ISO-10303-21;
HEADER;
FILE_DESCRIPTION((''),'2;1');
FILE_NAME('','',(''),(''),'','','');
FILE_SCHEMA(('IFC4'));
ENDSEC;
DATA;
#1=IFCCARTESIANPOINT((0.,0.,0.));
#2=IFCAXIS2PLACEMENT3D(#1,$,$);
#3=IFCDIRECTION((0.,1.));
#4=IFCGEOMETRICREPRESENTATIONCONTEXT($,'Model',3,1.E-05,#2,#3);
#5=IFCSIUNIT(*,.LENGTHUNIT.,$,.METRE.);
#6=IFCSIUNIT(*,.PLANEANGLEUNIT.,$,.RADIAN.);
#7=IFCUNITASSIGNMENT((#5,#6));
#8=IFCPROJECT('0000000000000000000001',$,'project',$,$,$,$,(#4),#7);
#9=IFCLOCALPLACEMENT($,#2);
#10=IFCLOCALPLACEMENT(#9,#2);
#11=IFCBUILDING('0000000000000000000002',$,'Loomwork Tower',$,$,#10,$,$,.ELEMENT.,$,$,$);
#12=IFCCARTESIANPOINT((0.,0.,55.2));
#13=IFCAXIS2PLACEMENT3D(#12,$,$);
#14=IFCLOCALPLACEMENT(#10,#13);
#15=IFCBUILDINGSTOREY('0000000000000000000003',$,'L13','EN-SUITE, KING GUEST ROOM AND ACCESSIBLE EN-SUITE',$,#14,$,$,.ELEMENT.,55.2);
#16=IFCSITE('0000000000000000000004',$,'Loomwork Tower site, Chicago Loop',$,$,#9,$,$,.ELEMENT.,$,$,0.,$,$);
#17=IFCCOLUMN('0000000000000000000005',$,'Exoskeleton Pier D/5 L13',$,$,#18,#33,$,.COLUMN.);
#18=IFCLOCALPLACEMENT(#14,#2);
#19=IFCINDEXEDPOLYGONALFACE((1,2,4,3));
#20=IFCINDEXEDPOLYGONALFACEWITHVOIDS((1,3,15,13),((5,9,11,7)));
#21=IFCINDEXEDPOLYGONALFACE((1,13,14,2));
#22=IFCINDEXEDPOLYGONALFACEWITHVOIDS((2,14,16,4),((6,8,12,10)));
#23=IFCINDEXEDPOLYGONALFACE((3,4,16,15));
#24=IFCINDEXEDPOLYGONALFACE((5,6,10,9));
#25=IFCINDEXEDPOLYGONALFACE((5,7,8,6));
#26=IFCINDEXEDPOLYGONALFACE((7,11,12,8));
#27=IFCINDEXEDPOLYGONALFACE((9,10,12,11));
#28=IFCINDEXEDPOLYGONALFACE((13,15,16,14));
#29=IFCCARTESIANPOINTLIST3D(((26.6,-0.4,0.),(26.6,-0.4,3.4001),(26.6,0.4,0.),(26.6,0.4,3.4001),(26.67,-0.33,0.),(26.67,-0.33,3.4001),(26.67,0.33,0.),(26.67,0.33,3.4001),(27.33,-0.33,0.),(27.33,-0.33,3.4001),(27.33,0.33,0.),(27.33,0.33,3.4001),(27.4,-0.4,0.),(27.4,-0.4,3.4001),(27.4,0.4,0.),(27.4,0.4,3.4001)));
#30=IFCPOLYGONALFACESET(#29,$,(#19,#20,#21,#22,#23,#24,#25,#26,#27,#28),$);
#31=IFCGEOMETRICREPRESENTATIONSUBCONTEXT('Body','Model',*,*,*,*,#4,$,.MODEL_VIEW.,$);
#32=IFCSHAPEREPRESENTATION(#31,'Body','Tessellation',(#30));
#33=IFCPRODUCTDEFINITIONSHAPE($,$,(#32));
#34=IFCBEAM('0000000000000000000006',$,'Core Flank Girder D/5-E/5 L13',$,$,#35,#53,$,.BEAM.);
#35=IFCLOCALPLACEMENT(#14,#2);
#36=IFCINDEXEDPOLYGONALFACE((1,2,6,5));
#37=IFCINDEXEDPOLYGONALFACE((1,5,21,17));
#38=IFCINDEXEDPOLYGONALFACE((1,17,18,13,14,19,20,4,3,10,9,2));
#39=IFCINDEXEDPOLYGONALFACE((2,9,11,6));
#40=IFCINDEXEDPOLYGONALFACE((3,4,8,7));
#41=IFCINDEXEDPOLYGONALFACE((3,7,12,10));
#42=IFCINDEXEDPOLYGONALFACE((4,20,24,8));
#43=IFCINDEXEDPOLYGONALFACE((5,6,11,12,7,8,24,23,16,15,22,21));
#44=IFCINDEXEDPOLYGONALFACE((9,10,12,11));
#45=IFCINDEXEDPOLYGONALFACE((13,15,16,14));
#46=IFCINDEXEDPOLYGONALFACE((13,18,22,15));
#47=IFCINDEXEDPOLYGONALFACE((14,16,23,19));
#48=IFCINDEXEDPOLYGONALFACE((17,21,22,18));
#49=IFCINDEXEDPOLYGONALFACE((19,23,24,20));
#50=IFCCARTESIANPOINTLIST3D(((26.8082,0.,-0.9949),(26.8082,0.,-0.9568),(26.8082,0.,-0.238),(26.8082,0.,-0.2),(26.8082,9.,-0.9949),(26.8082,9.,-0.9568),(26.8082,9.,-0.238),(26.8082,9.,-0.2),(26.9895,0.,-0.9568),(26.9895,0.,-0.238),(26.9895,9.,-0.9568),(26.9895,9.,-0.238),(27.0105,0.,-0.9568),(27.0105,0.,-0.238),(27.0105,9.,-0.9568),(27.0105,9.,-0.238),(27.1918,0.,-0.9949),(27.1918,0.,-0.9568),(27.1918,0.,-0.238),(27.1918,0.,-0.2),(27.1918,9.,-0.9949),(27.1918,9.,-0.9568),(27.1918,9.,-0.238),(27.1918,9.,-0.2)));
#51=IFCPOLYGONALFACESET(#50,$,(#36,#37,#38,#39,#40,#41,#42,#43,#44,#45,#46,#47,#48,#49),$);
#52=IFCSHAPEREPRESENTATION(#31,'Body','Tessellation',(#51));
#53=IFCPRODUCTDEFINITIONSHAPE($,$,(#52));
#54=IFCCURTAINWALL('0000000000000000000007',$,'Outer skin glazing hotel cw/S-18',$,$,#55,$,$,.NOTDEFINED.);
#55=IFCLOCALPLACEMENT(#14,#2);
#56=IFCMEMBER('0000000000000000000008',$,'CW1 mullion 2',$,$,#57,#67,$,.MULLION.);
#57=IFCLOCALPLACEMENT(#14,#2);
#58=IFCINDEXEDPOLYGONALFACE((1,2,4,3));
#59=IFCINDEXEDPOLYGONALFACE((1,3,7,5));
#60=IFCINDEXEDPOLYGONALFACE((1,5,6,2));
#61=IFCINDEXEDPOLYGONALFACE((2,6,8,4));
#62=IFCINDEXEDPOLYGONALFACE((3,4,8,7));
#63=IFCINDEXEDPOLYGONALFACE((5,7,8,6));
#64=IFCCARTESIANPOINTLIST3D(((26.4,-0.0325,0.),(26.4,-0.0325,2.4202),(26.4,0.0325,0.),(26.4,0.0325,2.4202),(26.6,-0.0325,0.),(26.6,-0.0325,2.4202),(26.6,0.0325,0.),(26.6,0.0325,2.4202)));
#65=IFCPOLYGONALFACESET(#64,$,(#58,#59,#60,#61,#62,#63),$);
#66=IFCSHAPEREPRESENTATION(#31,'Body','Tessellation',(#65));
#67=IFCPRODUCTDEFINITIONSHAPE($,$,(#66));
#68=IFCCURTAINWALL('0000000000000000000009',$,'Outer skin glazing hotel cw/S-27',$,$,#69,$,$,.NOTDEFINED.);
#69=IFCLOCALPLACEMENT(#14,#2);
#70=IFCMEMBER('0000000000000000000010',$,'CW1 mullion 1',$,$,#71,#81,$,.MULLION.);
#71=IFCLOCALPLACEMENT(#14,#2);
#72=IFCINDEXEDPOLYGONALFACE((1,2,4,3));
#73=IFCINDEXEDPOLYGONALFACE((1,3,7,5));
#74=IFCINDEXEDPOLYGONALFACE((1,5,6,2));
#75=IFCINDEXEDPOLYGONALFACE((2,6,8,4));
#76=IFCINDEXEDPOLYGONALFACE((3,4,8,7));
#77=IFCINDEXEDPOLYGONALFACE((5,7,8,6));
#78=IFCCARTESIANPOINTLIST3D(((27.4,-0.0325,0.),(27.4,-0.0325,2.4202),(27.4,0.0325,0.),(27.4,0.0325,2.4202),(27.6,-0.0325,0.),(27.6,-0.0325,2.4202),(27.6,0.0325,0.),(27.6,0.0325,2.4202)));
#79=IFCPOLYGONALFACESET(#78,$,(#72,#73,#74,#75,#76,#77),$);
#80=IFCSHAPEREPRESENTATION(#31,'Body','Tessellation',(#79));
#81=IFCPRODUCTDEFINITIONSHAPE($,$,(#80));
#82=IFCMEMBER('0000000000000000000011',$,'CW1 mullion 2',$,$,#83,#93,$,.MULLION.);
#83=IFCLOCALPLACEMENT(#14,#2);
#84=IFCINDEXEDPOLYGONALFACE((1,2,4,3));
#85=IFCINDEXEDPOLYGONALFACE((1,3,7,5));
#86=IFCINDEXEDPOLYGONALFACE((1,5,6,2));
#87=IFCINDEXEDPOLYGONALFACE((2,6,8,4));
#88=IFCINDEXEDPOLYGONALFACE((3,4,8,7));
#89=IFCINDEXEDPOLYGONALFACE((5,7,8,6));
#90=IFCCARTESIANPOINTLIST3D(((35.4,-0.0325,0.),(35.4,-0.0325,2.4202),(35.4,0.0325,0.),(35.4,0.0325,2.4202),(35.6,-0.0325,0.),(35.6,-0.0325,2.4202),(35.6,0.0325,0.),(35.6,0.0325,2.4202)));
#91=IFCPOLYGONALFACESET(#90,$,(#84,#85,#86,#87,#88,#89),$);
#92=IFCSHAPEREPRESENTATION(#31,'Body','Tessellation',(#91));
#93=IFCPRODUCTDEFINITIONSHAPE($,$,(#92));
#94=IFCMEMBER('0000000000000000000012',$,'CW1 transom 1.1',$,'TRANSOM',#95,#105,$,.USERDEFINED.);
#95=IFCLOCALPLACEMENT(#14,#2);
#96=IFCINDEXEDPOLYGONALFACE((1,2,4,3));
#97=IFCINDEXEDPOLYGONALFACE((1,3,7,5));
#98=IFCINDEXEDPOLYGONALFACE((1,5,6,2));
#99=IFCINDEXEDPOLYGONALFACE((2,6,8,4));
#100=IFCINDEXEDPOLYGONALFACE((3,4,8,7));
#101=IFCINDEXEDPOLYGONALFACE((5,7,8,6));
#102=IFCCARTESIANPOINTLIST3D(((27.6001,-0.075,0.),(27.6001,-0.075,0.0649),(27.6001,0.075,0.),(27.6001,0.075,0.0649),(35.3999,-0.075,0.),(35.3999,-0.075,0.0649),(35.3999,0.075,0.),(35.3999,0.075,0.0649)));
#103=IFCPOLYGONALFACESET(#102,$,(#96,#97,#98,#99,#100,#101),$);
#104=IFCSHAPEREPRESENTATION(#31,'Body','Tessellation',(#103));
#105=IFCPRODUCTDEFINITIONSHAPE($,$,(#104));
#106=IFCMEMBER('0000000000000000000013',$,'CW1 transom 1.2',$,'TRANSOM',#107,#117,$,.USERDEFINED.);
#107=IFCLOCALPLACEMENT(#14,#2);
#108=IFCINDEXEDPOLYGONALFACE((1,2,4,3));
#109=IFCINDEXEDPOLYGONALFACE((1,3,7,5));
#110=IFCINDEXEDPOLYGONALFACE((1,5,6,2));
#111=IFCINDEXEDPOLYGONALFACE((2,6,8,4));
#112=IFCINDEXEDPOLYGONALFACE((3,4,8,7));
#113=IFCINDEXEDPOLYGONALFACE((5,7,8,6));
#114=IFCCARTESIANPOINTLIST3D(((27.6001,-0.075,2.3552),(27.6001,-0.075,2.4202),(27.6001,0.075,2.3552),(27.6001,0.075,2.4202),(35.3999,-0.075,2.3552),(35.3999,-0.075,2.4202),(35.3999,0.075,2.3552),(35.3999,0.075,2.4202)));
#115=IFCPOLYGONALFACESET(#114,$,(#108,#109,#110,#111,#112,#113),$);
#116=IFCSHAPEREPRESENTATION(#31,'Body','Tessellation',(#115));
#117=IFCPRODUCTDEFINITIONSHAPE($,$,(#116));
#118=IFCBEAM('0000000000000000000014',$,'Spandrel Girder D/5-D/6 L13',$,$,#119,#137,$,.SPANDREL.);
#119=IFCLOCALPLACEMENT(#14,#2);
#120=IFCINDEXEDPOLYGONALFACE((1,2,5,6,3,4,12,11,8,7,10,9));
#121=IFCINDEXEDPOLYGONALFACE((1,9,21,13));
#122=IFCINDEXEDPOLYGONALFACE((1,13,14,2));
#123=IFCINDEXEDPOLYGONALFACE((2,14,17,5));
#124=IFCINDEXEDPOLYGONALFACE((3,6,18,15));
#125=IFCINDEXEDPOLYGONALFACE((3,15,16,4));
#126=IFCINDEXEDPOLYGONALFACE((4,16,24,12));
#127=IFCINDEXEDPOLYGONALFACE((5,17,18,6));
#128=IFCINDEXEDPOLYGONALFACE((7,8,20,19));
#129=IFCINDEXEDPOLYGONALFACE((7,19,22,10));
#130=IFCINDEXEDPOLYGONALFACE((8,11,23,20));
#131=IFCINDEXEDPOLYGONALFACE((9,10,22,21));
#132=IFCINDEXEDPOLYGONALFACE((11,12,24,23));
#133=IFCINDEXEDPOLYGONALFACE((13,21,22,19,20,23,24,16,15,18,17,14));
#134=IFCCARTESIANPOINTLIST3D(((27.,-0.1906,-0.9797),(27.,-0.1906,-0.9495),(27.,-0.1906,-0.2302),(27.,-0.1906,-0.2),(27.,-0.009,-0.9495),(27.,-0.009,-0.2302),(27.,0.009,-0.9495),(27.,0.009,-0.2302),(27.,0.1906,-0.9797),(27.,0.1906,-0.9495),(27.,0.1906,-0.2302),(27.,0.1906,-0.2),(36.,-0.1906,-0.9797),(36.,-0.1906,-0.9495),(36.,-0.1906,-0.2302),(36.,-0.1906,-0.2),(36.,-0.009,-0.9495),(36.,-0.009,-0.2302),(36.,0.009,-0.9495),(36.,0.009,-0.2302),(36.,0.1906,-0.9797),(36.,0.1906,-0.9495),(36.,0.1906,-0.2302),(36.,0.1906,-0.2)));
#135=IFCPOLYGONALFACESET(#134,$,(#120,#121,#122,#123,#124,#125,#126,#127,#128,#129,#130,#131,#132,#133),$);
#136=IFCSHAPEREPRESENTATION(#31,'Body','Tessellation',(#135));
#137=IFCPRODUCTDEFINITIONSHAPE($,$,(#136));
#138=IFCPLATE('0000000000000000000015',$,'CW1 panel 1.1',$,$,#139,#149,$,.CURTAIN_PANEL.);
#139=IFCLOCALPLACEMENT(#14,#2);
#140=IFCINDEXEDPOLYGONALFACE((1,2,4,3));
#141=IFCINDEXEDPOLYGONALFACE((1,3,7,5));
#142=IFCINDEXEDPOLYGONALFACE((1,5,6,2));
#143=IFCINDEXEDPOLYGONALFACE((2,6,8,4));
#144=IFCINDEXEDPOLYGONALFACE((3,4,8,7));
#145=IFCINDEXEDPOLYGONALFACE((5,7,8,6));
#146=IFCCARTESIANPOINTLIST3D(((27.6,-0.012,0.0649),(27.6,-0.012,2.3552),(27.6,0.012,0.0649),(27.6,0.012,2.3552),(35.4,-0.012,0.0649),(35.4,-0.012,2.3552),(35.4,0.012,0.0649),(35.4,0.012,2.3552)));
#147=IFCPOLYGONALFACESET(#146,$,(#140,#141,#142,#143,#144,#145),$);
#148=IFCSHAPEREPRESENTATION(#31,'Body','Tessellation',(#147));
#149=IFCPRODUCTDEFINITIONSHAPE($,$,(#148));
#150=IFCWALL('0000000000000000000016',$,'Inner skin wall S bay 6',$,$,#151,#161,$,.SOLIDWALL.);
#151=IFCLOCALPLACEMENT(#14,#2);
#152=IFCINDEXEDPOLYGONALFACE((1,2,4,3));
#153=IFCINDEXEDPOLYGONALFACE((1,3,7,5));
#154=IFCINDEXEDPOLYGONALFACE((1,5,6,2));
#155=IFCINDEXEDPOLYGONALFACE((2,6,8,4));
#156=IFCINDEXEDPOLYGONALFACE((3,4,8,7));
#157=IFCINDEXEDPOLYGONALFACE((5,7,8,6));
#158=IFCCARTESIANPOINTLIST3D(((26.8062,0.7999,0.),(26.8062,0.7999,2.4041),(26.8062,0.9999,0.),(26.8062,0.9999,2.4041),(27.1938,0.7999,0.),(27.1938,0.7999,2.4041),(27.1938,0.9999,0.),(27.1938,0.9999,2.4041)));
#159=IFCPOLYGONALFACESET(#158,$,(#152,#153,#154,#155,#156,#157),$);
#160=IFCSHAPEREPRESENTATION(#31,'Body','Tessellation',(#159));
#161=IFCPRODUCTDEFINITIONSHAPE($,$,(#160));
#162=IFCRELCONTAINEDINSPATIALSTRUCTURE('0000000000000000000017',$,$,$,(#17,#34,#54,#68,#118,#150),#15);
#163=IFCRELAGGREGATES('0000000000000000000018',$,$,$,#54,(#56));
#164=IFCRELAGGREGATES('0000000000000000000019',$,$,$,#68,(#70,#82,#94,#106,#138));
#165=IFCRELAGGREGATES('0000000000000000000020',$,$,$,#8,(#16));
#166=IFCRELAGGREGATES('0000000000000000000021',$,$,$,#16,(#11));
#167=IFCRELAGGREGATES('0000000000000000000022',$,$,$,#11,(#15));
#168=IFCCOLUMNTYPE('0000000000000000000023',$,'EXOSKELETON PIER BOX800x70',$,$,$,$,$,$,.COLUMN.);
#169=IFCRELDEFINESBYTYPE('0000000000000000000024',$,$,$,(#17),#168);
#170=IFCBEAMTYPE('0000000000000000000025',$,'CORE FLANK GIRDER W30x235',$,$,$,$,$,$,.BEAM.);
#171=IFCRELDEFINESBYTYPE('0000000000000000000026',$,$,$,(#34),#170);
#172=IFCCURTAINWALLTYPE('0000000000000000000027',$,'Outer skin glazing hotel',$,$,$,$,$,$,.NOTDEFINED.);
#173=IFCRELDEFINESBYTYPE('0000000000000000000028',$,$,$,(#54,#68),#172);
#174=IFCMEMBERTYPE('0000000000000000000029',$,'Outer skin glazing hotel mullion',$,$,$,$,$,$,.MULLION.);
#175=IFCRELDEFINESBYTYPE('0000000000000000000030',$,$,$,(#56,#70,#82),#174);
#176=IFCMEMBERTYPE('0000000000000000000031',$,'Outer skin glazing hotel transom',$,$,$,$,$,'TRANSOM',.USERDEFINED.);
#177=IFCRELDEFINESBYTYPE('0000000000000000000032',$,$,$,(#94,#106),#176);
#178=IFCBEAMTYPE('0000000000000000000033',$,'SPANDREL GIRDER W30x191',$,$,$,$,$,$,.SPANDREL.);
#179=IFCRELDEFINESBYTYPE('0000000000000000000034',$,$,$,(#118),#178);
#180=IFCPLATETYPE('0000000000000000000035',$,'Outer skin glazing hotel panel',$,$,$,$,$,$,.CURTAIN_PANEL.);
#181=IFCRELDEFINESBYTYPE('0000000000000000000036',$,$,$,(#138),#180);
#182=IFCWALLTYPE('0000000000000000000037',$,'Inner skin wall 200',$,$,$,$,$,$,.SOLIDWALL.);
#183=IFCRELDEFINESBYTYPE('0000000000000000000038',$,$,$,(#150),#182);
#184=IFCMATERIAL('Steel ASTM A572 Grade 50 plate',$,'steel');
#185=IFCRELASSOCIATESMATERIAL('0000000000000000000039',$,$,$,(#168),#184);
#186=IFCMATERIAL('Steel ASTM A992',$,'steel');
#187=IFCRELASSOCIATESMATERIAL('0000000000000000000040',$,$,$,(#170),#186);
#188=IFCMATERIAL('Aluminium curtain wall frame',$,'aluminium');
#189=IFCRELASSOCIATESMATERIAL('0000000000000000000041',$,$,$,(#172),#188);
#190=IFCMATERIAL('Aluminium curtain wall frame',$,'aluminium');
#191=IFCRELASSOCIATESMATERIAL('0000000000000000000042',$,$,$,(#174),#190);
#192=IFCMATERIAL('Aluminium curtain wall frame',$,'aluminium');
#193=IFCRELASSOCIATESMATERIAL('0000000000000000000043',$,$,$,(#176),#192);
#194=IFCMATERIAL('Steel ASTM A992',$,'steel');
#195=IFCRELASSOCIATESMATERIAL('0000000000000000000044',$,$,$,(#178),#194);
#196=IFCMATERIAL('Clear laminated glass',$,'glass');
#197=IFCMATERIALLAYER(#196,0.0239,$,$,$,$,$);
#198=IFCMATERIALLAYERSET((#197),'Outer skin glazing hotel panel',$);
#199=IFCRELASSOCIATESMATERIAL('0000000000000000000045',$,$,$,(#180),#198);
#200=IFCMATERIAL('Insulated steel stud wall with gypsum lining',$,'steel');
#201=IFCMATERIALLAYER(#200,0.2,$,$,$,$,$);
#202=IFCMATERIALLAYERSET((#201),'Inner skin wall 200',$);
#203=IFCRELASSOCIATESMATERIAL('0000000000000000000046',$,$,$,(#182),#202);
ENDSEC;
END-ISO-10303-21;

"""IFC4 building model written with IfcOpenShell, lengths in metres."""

from ifc_helpers import new_model, si_unit, direction, frame, frame_2d, origin, origin_2d, place, context, subcontext, project, spatial, rectangle, hollow_rectangle, i_section, extrude, material, layer, layer_set, material_profile, profile_set, type_object, element, aggregate, save


model = new_model("IFC4")

# Units and contexts
model_context = context("Model", 3, precision=1e-05, world=origin(), true_north=direction((0.0, 1.0)))
body_context = subcontext(model_context, "Body", "Model", "MODEL_VIEW")
ifc_project = project(units=[si_unit("LENGTHUNIT", "METRE"), si_unit("PLANEANGLEUNIT", "RADIAN")], contexts=[model_context])

# Site, building, storey
site_placement = place(None, origin())
site = spatial("IfcSite", under=ifc_project, at=site_placement, Name="Loomwork Tower site, Chicago Loop", CompositionType="ELEMENT", RefElevation=0.0)
building_placement = place(site_placement, origin())
building = spatial("IfcBuilding", under=site, at=building_placement, Name="Loomwork Tower", CompositionType="ELEMENT")
storey_placement = place(building_placement, frame((0.0, 0.0, 55.2)))
storey = spatial("IfcBuildingStorey", under=building, at=storey_placement, Name="L13", Description="EN-SUITE, KING GUEST ROOM AND ACCESSIBLE EN-SUITE", CompositionType="ELEMENT", Elevation=55.2)

# Column
ifc_material_1 = material(Name="Steel ASTM A572 Grade 50 plate", Category="steel")
ifc_material_profile_1 = material_profile(ifc_material_1, hollow_rectangle(XDim=0.8, YDim=0.8, WallThickness=0.0701, at=origin_2d()), Name="BOX800x70")
ifc_profile_set_1 = profile_set([ifc_material_profile_1], Name="Steel ASTM A572 Grade 50 plate")
column_type = type_object("IfcColumnType", Name="EXOSKELETON PIER BOX800x70", PredefinedType="COLUMN", material=ifc_profile_set_1)
column_placement = place(storey_placement, frame((27.0, 0.0, 0.0), z_axis=(0.0, 0.0, 1.0), x_axis=(1.0, 0.0, 0.0)))
element("IfcColumn", 1, at=column_placement, inside=storey, type_object=column_type, Name="Exoskeleton Pier D/5 L13", PredefinedType="COLUMN", context=body_context, shape_type="SweptSolid", body=[
    extrude(hollow_rectangle(XDim=0.8, YDim=0.8, WallThickness=0.0701, at=origin_2d()), origin(), (0.0, 0.0, 1.0), 3.4001),
])

# Beam
ifc_material_2 = material(Name="Steel ASTM A992", Category="steel")
ifc_material_profile_2 = material_profile(ifc_material_2, i_section(OverallWidth=0.3835, OverallDepth=0.7949, WebThickness=0.021, FlangeThickness=0.0381, at=origin_2d()), Name="W30x235")
ifc_profile_set_2 = profile_set([ifc_material_profile_2], Name="Steel ASTM A992")
beam_type_1 = type_object("IfcBeamType", Name="CORE FLANK GIRDER W30x235", PredefinedType="BEAM", material=ifc_profile_set_2)
beam_1_placement = place(storey_placement, frame((27.0, 0.0, -0.5974), z_axis=(0.0, 1.0, 0.0), x_axis=(-1.0, 0.0, 0.0)))
element("IfcBeam", 2, at=beam_1_placement, inside=storey, type_object=beam_type_1, Name="Core Flank Girder D/5-E/5 L13", PredefinedType="BEAM", context=body_context, shape_type="SweptSolid", body=[
    extrude(i_section(OverallWidth=0.3835, OverallDepth=0.7949, WebThickness=0.021, FlangeThickness=0.0381, at=origin_2d()), origin(), (0.0, 0.0, 1.0), 9.0),
])

# Curtain wall, member
ifc_material_3 = material(Name="Aluminium curtain wall frame", Category="aluminium")
curtain_wall_type = type_object("IfcCurtainWallType", Name="Outer skin glazing hotel", PredefinedType="NOTDEFINED", material=ifc_material_3)
curtain_wall_1_placement = place(storey_placement, origin())
curtain_wall_1 = element("IfcCurtainWall", 3, at=curtain_wall_1_placement, inside=storey, type_object=curtain_wall_type, Name="Outer skin glazing hotel cw/S-18", PredefinedType="NOTDEFINED")
ifc_material_4 = material(Name="Aluminium curtain wall frame", Category="aluminium")
ifc_material_profile_3 = material_profile(ifc_material_4, rectangle(XDim=0.0649, YDim=0.2, at=origin_2d()), Name="AL 65x200")
ifc_profile_set_3 = profile_set([ifc_material_profile_3], Name="Aluminium curtain wall frame")
member_type_1 = type_object("IfcMemberType", Name="Outer skin glazing hotel mullion", PredefinedType="MULLION", material=ifc_profile_set_3)
member_1_placement = place(storey_placement, frame((26.5, 0.0, 0.0), z_axis=(0.0, 0.0, 1.0), x_axis=(0.0, 1.0, 0.0)))
member_1 = element("IfcMember", 4, at=member_1_placement, type_object=member_type_1, Name="CW1 mullion 2", PredefinedType="MULLION", context=body_context, shape_type="SweptSolid", body=[
    extrude(rectangle(XDim=0.0649, YDim=0.2, at=origin_2d()), origin(), (0.0, 0.0, 1.0), 2.4202),
])
aggregate(curtain_wall_1, [member_1])

# Curtain wall, members
curtain_wall_2_placement = place(storey_placement, origin())
curtain_wall_2 = element("IfcCurtainWall", 5, at=curtain_wall_2_placement, inside=storey, type_object=curtain_wall_type, Name="Outer skin glazing hotel cw/S-27", PredefinedType="NOTDEFINED")
member_2_placement = place(storey_placement, frame((27.5, 0.0, 0.0), z_axis=(0.0, 0.0, 1.0), x_axis=(0.0, 1.0, 0.0)))
member_2 = element("IfcMember", 6, at=member_2_placement, type_object=member_type_1, Name="CW1 mullion 1", PredefinedType="MULLION", context=body_context, shape_type="SweptSolid", body=[
    extrude(rectangle(XDim=0.0649, YDim=0.2, at=origin_2d()), origin(), (0.0, 0.0, 1.0), 2.4202),
])
member_3_placement = place(storey_placement, frame((35.5, 0.0, 0.0), z_axis=(0.0, 0.0, 1.0), x_axis=(0.0, 1.0, 0.0)))
member_3 = element("IfcMember", 7, at=member_3_placement, type_object=member_type_1, Name="CW1 mullion 2", PredefinedType="MULLION", context=body_context, shape_type="SweptSolid", body=[
    extrude(rectangle(XDim=0.0649, YDim=0.2, at=origin_2d()), origin(), (0.0, 0.0, 1.0), 2.4202),
])
ifc_material_5 = material(Name="Aluminium curtain wall frame", Category="aluminium")
ifc_material_profile_4 = material_profile(ifc_material_5, rectangle(XDim=0.1499, YDim=0.0649, at=origin_2d()), Name="AL 65x150")
ifc_profile_set_4 = profile_set([ifc_material_profile_4], Name="Aluminium curtain wall frame")
member_type_2 = type_object("IfcMemberType", Name="Outer skin glazing hotel transom", ElementType="TRANSOM", PredefinedType="USERDEFINED", material=ifc_profile_set_4)
member_4_placement = place(storey_placement, frame((27.6001, 0.0, 0.0325), z_axis=(1.0, 0.0, 0.0), x_axis=(0.0, 1.0, 0.0)))
member_4 = element("IfcMember", 8, at=member_4_placement, type_object=member_type_2, Name="CW1 transom 1.1", ObjectType="TRANSOM", PredefinedType="USERDEFINED", context=body_context, shape_type="SweptSolid", body=[
    extrude(rectangle(XDim=0.1499, YDim=0.0649, at=origin_2d()), origin(), (0.0, 0.0, 1.0), 7.7998),
])
member_5_placement = place(storey_placement, frame((27.6001, 0.0, 2.3877), z_axis=(1.0, 0.0, 0.0), x_axis=(0.0, 1.0, 0.0)))
member_5 = element("IfcMember", 9, at=member_5_placement, type_object=member_type_2, Name="CW1 transom 1.2", ObjectType="TRANSOM", PredefinedType="USERDEFINED", context=body_context, shape_type="SweptSolid", body=[
    extrude(rectangle(XDim=0.1499, YDim=0.0649, at=origin_2d()), origin(), (0.0, 0.0, 1.0), 7.7998),
])

# Beam
ifc_material_6 = material(Name="Steel ASTM A992", Category="steel")
ifc_material_profile_5 = material_profile(ifc_material_6, i_section(OverallWidth=0.3811, OverallDepth=0.7798, WebThickness=0.0181, FlangeThickness=0.0303, at=origin_2d()), Name="W30x191")
ifc_profile_set_5 = profile_set([ifc_material_profile_5], Name="Steel ASTM A992")
beam_type_2 = type_object("IfcBeamType", Name="SPANDREL GIRDER W30x191", PredefinedType="SPANDREL", material=ifc_profile_set_5)
beam_2_placement = place(storey_placement, frame((27.0, 0.0, -0.5898), z_axis=(1.0, 0.0, 0.0), x_axis=(0.0, 1.0, 0.0)))
element("IfcBeam", 10, at=beam_2_placement, inside=storey, type_object=beam_type_2, Name="Spandrel Girder D/5-D/6 L13", PredefinedType="SPANDREL", context=body_context, shape_type="SweptSolid", body=[
    extrude(i_section(OverallWidth=0.3811, OverallDepth=0.7798, WebThickness=0.0181, FlangeThickness=0.0303, at=origin_2d()), origin(), (0.0, 0.0, 1.0), 9.0),
])

# Plate
ifc_material_7 = material(Name="Clear laminated glass", Category="glass")
ifc_layer_1 = layer(ifc_material_7, 0.0239)
ifc_layer_set_1 = layer_set([ifc_layer_1], Name="Outer skin glazing hotel panel")
plate_type = type_object("IfcPlateType", Name="Outer skin glazing hotel panel", PredefinedType="CURTAIN_PANEL", material=ifc_layer_set_1)
plate_placement = place(storey_placement, frame((31.5, 0.0, 0.0649), z_axis=(0.0, 0.0, 1.0), x_axis=(1.0, 0.0, 0.0)))
plate = element("IfcPlate", 11, at=plate_placement, type_object=plate_type, Name="CW1 panel 1.1", PredefinedType="CURTAIN_PANEL", context=body_context, shape_type="SweptSolid", body=[
    extrude(rectangle(XDim=7.8, YDim=0.0239, at=origin_2d()), origin(), (0.0, 0.0, 1.0), 2.2903),
])
aggregate(curtain_wall_2, [member_2, member_3, member_4, member_5, plate])

# Wall
ifc_material_8 = material(Name="Insulated steel stud wall with gypsum lining", Category="steel")
ifc_layer_2 = layer(ifc_material_8, 0.2)
ifc_layer_set_2 = layer_set([ifc_layer_2], Name="Inner skin wall 200")
wall_type = type_object("IfcWallType", Name="Inner skin wall 200", PredefinedType="SOLIDWALL", material=ifc_layer_set_2)
wall_1_placement = place(storey_placement, frame((26.8062, 0.8999, 0.0), z_axis=(0.0, 0.0, 1.0), x_axis=(1.0, 0.0, 0.0)))
element("IfcWall", 12, at=wall_1_placement, inside=storey, type_object=wall_type, Name="Inner skin wall S bay 6", PredefinedType="SOLIDWALL", context=body_context, shape_type="SweptSolid", body=[
    extrude(rectangle(XDim=0.3877, YDim=0.2, at=frame_2d((0.1938, 0.0))), origin(), (0.0, 0.0, 1.0), 2.4041),
])

save(model, "model.ifc")
